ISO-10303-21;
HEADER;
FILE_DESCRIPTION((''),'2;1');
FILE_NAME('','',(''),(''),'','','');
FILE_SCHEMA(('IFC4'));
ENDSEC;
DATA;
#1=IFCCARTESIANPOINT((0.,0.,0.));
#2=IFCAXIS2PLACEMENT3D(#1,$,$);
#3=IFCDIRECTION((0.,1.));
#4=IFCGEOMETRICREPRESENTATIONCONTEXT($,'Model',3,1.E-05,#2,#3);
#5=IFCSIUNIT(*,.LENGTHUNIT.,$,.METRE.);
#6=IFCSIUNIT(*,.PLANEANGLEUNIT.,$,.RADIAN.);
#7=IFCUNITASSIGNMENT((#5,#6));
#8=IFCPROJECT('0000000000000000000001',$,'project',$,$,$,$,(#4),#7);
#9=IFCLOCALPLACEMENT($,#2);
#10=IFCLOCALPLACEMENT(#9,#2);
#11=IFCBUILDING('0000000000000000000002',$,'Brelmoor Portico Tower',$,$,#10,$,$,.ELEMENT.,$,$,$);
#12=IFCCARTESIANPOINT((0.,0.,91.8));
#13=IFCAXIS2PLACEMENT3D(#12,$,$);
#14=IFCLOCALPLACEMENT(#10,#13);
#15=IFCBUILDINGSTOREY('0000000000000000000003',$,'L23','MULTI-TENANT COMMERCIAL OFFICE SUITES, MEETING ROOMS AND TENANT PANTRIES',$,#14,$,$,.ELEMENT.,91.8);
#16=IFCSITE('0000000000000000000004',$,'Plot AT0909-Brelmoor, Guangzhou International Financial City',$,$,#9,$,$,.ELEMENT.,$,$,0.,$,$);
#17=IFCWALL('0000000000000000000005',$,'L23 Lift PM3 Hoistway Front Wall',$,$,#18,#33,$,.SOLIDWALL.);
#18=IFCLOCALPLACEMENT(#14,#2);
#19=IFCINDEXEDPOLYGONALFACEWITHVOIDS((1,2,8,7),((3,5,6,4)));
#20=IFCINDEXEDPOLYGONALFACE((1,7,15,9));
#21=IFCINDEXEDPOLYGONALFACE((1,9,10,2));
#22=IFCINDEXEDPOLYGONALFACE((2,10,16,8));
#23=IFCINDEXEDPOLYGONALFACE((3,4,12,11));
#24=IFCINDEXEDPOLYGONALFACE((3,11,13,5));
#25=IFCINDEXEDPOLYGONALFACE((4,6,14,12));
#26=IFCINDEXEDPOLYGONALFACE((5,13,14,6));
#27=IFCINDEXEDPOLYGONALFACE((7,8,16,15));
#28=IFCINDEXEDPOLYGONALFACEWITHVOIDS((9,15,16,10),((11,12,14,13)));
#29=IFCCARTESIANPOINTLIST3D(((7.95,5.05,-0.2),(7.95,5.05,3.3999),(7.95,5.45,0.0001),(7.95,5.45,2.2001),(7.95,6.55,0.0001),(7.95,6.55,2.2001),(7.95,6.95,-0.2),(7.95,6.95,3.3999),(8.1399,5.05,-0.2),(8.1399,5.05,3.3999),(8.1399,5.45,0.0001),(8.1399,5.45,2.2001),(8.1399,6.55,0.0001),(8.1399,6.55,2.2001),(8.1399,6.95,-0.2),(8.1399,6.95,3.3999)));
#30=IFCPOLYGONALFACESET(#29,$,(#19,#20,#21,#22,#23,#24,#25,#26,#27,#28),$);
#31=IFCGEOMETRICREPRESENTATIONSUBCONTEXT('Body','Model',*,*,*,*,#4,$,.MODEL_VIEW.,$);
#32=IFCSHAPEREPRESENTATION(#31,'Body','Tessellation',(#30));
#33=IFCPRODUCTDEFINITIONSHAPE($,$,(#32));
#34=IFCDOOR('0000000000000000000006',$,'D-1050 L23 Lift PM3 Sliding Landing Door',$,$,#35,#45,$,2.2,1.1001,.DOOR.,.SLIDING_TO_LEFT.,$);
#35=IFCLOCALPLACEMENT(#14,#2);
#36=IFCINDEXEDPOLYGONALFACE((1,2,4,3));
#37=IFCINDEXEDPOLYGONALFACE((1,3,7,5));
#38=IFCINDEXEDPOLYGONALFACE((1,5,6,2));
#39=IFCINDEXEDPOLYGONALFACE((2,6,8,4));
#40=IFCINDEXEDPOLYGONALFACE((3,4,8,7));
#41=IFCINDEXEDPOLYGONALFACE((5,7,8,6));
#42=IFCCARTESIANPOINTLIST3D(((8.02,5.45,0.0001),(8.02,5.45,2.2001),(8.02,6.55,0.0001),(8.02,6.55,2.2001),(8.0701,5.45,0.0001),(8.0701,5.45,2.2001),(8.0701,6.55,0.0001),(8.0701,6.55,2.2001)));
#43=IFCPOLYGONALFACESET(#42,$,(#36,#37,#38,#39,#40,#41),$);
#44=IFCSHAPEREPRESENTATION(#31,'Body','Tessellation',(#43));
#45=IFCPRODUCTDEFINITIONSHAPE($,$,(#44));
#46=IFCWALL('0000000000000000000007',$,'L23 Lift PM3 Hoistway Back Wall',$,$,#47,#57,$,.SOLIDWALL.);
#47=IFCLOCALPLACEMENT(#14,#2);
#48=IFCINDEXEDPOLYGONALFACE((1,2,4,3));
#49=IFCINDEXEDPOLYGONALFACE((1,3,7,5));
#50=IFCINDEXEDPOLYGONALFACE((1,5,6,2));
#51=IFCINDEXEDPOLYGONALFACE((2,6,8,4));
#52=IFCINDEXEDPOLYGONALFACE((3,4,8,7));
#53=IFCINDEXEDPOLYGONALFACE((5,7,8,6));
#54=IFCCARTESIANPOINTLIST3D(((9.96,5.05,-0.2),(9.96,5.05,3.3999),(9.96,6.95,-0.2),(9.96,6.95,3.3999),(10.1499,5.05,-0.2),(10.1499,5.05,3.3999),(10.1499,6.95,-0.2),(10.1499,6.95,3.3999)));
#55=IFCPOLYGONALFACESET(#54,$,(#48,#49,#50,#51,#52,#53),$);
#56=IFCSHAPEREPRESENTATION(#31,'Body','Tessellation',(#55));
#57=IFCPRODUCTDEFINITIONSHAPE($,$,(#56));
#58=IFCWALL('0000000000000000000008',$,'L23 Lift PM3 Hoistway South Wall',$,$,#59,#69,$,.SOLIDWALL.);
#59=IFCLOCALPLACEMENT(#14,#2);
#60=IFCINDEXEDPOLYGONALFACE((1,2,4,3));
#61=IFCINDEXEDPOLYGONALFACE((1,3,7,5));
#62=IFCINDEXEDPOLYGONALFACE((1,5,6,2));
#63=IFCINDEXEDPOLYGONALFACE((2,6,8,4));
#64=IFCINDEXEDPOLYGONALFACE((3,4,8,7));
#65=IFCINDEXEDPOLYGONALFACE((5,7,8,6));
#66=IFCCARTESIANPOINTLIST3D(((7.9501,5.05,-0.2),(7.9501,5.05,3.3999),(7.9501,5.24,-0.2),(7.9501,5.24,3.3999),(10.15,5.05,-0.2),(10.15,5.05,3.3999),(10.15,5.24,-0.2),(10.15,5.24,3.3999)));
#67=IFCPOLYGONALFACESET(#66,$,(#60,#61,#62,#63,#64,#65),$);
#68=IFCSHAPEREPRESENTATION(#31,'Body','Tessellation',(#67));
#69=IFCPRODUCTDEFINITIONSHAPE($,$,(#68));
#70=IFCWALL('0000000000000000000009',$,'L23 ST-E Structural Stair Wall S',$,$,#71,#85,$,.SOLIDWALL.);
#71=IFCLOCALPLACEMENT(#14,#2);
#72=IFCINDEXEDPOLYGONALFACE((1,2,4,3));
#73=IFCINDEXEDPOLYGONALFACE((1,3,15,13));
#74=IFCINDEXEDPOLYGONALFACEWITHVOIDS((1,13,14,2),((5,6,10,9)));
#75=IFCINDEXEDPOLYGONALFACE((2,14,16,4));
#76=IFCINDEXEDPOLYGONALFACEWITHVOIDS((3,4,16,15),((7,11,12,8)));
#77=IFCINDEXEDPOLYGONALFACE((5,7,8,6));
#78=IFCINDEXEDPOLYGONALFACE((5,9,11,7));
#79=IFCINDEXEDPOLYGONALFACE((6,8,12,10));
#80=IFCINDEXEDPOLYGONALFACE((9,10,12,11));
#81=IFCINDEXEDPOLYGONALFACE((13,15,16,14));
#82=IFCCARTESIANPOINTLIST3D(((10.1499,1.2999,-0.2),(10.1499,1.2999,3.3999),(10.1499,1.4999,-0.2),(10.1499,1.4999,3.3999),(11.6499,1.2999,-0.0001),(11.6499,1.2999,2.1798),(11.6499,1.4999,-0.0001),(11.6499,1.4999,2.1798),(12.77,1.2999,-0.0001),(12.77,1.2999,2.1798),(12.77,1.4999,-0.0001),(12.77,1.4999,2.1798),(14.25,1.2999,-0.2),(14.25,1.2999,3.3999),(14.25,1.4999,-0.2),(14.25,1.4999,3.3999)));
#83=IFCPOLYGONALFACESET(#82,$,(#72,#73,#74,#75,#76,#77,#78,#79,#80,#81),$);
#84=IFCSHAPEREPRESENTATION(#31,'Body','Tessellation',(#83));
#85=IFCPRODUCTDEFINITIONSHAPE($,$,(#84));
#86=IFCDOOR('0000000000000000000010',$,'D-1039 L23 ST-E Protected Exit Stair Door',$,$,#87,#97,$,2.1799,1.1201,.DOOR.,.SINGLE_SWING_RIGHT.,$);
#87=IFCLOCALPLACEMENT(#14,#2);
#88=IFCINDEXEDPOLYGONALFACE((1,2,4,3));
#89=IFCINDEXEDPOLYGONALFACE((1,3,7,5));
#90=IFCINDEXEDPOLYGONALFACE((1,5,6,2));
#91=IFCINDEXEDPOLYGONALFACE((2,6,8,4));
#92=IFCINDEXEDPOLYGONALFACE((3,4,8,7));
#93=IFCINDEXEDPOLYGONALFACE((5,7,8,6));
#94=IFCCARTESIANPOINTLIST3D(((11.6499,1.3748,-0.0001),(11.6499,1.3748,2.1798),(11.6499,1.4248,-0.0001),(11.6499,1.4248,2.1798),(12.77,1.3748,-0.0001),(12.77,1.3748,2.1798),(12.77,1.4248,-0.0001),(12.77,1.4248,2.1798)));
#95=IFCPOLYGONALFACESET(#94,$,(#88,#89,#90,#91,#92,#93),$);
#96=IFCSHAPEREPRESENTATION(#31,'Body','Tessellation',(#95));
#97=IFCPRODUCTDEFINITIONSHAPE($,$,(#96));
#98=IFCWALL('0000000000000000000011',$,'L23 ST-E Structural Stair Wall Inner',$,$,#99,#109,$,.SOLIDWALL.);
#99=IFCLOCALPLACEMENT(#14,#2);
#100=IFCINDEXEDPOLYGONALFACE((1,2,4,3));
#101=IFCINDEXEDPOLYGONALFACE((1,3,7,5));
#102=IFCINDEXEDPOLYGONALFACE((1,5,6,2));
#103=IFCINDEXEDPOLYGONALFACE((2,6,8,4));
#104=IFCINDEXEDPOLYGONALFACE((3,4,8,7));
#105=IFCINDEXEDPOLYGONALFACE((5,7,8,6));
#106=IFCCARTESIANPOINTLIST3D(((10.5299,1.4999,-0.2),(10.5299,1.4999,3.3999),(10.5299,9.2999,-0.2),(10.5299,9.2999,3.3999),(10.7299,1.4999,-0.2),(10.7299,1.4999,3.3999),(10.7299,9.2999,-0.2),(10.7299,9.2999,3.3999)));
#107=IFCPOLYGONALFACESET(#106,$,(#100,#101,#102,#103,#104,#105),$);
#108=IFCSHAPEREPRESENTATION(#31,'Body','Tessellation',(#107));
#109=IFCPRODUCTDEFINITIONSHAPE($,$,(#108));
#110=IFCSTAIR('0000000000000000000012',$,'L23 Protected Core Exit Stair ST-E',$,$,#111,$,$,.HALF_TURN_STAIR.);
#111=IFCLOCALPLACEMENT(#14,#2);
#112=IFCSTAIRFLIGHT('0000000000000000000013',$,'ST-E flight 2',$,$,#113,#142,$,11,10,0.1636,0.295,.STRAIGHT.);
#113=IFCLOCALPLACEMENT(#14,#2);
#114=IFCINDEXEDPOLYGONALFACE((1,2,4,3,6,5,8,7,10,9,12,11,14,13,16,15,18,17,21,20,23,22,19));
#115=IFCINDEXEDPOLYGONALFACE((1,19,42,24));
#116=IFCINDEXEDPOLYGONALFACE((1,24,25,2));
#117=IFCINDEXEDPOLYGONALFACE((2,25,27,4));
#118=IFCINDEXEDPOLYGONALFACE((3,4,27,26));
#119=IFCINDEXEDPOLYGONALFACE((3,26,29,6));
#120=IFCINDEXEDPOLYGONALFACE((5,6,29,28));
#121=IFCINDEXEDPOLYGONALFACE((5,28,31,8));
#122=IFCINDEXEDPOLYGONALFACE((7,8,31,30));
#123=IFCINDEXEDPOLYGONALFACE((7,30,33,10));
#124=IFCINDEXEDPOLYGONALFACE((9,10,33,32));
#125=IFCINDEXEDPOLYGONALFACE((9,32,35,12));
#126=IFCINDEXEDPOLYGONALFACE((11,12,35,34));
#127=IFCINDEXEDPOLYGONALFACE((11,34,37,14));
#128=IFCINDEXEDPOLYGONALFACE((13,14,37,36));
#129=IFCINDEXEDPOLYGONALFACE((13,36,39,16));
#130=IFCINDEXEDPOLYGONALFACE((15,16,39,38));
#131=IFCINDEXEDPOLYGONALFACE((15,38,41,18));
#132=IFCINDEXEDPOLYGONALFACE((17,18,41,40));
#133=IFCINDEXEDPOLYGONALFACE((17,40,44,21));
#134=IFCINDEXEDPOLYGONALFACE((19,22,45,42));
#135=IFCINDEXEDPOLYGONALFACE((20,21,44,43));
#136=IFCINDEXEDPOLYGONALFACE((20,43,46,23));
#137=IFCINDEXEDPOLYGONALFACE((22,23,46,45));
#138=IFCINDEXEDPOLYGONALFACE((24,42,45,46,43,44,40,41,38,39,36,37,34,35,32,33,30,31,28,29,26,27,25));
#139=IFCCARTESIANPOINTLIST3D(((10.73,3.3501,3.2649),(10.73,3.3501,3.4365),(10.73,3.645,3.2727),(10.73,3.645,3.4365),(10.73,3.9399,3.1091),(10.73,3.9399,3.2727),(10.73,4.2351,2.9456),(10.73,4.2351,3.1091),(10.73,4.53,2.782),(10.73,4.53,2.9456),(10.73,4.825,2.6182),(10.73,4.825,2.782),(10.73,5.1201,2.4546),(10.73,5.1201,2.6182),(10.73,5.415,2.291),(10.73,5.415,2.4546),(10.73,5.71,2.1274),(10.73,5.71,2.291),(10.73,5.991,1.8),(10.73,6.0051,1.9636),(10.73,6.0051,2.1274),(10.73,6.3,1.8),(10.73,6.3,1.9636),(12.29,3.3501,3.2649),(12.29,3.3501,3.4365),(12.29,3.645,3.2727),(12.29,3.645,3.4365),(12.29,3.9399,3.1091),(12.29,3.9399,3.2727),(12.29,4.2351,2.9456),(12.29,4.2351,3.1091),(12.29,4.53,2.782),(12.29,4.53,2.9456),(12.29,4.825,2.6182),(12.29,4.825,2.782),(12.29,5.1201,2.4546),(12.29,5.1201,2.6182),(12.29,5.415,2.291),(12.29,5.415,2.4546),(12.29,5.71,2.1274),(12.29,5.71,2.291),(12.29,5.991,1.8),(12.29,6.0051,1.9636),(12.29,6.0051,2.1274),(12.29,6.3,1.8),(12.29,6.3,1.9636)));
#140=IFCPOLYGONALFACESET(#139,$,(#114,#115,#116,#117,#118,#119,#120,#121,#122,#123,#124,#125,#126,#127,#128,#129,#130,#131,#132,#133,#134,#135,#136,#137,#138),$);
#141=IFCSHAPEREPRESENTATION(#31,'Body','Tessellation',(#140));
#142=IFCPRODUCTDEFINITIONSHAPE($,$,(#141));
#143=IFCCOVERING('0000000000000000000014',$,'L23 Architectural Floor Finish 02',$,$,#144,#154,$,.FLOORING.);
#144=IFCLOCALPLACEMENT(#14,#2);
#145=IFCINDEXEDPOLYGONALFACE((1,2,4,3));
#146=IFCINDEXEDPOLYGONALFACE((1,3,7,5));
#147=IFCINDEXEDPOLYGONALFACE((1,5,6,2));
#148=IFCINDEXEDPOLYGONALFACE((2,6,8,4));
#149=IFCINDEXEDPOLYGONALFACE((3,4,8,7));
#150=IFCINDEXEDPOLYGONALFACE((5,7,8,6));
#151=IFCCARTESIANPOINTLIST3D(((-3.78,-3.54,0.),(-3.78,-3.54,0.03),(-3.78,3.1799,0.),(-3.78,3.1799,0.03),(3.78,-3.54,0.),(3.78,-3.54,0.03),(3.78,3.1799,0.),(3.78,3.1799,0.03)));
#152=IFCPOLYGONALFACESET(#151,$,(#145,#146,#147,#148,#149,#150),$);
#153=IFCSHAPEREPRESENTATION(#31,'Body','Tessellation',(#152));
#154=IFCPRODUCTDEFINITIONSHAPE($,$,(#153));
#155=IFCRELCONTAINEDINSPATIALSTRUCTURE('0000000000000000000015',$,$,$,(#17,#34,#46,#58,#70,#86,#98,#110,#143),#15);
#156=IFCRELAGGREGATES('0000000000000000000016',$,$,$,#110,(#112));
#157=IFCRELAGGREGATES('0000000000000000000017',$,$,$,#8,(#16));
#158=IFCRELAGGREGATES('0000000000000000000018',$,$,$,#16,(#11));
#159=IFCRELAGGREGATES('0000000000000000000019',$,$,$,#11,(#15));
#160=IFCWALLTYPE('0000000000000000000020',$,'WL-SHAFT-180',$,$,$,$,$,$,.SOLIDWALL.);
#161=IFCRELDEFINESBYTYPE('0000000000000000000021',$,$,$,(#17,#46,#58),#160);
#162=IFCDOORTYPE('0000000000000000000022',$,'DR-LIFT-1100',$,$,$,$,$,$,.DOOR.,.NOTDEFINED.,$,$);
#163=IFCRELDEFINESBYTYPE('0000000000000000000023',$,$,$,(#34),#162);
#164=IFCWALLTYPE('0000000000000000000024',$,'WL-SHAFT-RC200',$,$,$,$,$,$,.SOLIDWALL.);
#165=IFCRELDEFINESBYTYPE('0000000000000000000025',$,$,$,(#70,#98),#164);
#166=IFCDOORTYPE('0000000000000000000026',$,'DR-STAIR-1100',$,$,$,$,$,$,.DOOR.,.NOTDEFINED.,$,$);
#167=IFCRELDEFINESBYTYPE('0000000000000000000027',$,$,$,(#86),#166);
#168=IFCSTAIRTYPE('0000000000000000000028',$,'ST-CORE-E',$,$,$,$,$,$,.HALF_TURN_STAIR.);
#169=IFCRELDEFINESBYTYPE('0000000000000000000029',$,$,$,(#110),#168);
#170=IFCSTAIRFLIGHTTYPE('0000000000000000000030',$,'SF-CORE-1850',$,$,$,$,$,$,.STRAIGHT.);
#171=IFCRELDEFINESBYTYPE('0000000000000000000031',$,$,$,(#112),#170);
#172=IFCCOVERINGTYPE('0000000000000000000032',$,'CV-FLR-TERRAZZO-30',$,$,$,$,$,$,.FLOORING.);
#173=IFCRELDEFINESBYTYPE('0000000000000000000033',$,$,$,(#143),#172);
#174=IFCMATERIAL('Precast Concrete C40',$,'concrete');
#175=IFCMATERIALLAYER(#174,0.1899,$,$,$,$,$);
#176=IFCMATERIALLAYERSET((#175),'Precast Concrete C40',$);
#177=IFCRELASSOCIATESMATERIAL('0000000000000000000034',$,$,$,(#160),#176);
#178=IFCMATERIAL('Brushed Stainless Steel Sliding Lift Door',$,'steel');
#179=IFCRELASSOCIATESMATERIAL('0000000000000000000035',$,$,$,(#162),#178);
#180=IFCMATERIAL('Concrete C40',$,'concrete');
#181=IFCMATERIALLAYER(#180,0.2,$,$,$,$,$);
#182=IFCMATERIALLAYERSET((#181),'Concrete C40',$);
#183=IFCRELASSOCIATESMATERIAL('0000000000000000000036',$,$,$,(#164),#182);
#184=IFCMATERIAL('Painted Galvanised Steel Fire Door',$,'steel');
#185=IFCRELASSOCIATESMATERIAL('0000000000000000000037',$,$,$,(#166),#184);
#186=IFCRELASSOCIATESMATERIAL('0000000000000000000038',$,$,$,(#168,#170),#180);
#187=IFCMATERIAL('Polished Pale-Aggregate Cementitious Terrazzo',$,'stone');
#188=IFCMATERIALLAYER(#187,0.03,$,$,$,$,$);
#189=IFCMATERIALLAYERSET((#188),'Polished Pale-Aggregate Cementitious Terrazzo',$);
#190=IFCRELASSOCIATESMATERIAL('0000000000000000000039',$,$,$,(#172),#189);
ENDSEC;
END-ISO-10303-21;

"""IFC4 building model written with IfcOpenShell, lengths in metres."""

from ifc_helpers import new_model, si_unit, direction, frame, frame_2d, origin, place, context, subcontext, project, spatial, polyline, rectangle, outline, extrude, material, layer, layer_set, type_object, element, fill, aggregate, save


model = new_model("IFC4")

# Units and contexts
model_context = context("Model", 3, precision=1e-05, world=origin(), true_north=direction((0.0, 1.0)))
body_context = subcontext(model_context, "Body", "Model", "MODEL_VIEW")
ifc_project = project(units=[si_unit("LENGTHUNIT", "METRE"), si_unit("PLANEANGLEUNIT", "RADIAN")], contexts=[model_context])

# Site, building, storey
site_placement = place(None, origin())
site = spatial("IfcSite", under=ifc_project, at=site_placement, Name="Plot AT0909-Brelmoor, Guangzhou International Financial City", CompositionType="ELEMENT", RefElevation=0.0)
building_placement = place(site_placement, origin())
building = spatial("IfcBuilding", under=site, at=building_placement, Name="Brelmoor Portico Tower", CompositionType="ELEMENT")
storey_placement = place(building_placement, frame((0.0, 0.0, 91.8)))
storey = spatial("IfcBuildingStorey", under=building, at=storey_placement, Name="L23", Description="MULTI-TENANT COMMERCIAL OFFICE SUITES, MEETING ROOMS AND TENANT PANTRIES", CompositionType="ELEMENT", Elevation=91.8)

# Shared definitions
ifc_material_1 = material(Name="Precast Concrete C40", Category="concrete")
ifc_layer_1 = layer(ifc_material_1, 0.1899)
ifc_layer_set_1 = layer_set([ifc_layer_1], Name="Precast Concrete C40")
wall_type_1 = type_object("IfcWallType", Name="WL-SHAFT-180", PredefinedType="SOLIDWALL", material=ifc_layer_set_1)
ifc_material_2 = material(Name="Brushed Stainless Steel Sliding Lift Door", Category="steel")
door_type_1 = type_object("IfcDoorType", Name="DR-LIFT-1100", OperationType="NOTDEFINED", PredefinedType="DOOR", material=ifc_material_2)

# Wall, opening, door
wall_1_placement = place(storey_placement, frame((8.0449, 5.05, -0.2), z_axis=(0.0, 0.0, 1.0), x_axis=(0.0, 1.0, 0.0)))
wall_1 = element("IfcWall", 1, at=wall_1_placement, inside=storey, type_object=wall_type_1, Name="L23 Lift PM3 Hoistway Front Wall", PredefinedType="SOLIDWALL", context=body_context, shape_type="SweptSolid", body=[
    extrude(rectangle(XDim=1.8999, YDim=0.1899, at=frame_2d((0.95, 0.0))), origin(), (0.0, 0.0, 1.0), 3.5999),
])
opening_1_placement = place(wall_1_placement, frame((0.3999, 0.0, 0.2)))
opening_1 = element("IfcOpeningElement", 2, at=opening_1_placement, cuts=wall_1, PredefinedType="OPENING", context=body_context, shape_type="SweptSolid", body=[
    extrude(rectangle(XDim=1.1001, YDim=2.2, at=frame_2d((0.55, 1.1001))), frame((0.0, 0.105, 0.0), z_axis=(0.0, -1.0, 0.0), x_axis=(1.0, 0.0, 0.0)), (0.0, 0.0, 1.0), 0.21),
])
door_1_placement = place(opening_1_placement, origin())
door_1 = element("IfcDoor", 3, at=door_1_placement, inside=storey, type_object=door_type_1, Name="D-1050 L23 Lift PM3 Sliding Landing Door", OperationType="SLIDING_TO_LEFT", OverallHeight=2.2, OverallWidth=1.1001, PredefinedType="DOOR", context=body_context, shape_type="SweptSolid", body=[
    extrude(rectangle(XDim=1.1001, YDim=2.2, at=frame_2d((0.55, 1.1001))), frame((0.0, 0.0249, 0.0), z_axis=(0.0, -1.0, 0.0), x_axis=(1.0, 0.0, 0.0)), (0.0, 0.0, 1.0), 0.05),
])
fill(opening_1, door_1)

# Walls
wall_2_placement = place(storey_placement, frame((10.0549, 5.05, -0.2), z_axis=(0.0, 0.0, 1.0), x_axis=(0.0, 1.0, 0.0)))
element("IfcWall", 4, at=wall_2_placement, inside=storey, type_object=wall_type_1, Name="L23 Lift PM3 Hoistway Back Wall", PredefinedType="SOLIDWALL", context=body_context, shape_type="SweptSolid", body=[
    extrude(rectangle(XDim=1.8999, YDim=0.1899, at=frame_2d((0.95, 0.0))), origin(), (0.0, 0.0, 1.0), 3.5999),
])
wall_3_placement = place(storey_placement, frame((7.95, 5.145, -0.2), z_axis=(0.0, 0.0, 1.0), x_axis=(1.0, 0.0, 0.0)))
element("IfcWall", 5, at=wall_3_placement, inside=storey, type_object=wall_type_1, Name="L23 Lift PM3 Hoistway South Wall", PredefinedType="SOLIDWALL", context=body_context, shape_type="SweptSolid", body=[
    extrude(rectangle(XDim=2.2, YDim=0.1899, at=frame_2d((1.1001, 0.0))), origin(), (0.0, 0.0, 1.0), 3.5999),
])

# Wall, opening, door
ifc_material_3 = material(Name="Concrete C40", Category="concrete")
ifc_layer_2 = layer(ifc_material_3, 0.2)
ifc_layer_set_2 = layer_set([ifc_layer_2], Name="Concrete C40")
wall_type_2 = type_object("IfcWallType", Name="WL-SHAFT-RC200", PredefinedType="SOLIDWALL", material=ifc_layer_set_2)
wall_4_placement = place(storey_placement, frame((10.1499, 1.3999, -0.2), z_axis=(0.0, 0.0, 1.0), x_axis=(1.0, 0.0, 0.0)))
wall_4 = element("IfcWall", 6, at=wall_4_placement, inside=storey, type_object=wall_type_2, Name="L23 ST-E Structural Stair Wall S", PredefinedType="SOLIDWALL", context=body_context, shape_type="SweptSolid", body=[
    extrude(rectangle(XDim=4.1001, YDim=0.2, at=frame_2d((2.05, 0.0))), origin(), (0.0, 0.0, 1.0), 3.5999),
])
opening_2_placement = place(wall_4_placement, frame((1.5, 0.0, 0.2)))
opening_2 = element("IfcOpeningElement", 7, at=opening_2_placement, cuts=wall_4, PredefinedType="OPENING", context=body_context, shape_type="SweptSolid", body=[
    extrude(rectangle(XDim=1.1201, YDim=2.1799, at=frame_2d((0.5601, 1.0898))), frame((0.0, 0.1099, 0.0), z_axis=(0.0, -1.0, 0.0), x_axis=(1.0, 0.0, 0.0)), (0.0, 0.0, 1.0), 0.22),
])
ifc_material_4 = material(Name="Painted Galvanised Steel Fire Door", Category="steel")
door_type_2 = type_object("IfcDoorType", Name="DR-STAIR-1100", OperationType="NOTDEFINED", PredefinedType="DOOR", material=ifc_material_4)
door_2_placement = place(opening_2_placement, origin())
door_2 = element("IfcDoor", 8, at=door_2_placement, inside=storey, type_object=door_type_2, Name="D-1039 L23 ST-E Protected Exit Stair Door", OperationType="SINGLE_SWING_RIGHT", OverallHeight=2.1799, OverallWidth=1.1201, PredefinedType="DOOR", context=body_context, shape_type="SweptSolid", body=[
    extrude(rectangle(XDim=1.1201, YDim=2.1799, at=frame_2d((0.5601, 1.0898))), frame((0.0, 0.0249, 0.0), z_axis=(0.0, -1.0, 0.0), x_axis=(1.0, 0.0, 0.0)), (0.0, 0.0, 1.0), 0.05),
])
fill(opening_2, door_2)

# Wall
wall_5_placement = place(storey_placement, frame((10.6299, 1.5, -0.2), z_axis=(0.0, 0.0, 1.0), x_axis=(0.0, 1.0, 0.0)))
element("IfcWall", 9, at=wall_5_placement, inside=storey, type_object=wall_type_2, Name="L23 ST-E Structural Stair Wall Inner", PredefinedType="SOLIDWALL", context=body_context, shape_type="SweptSolid", body=[
    extrude(rectangle(XDim=7.8, YDim=0.2, at=frame_2d((3.8999, 0.0))), origin(), (0.0, 0.0, 1.0), 3.5999),
])

# Stair, stair flight
stair_type = type_object("IfcStairType", Name="ST-CORE-E", PredefinedType="HALF_TURN_STAIR", material=ifc_material_3)
stair_placement = place(storey_placement, origin())
stair = element("IfcStair", 10, at=stair_placement, inside=storey, type_object=stair_type, Name="L23 Protected Core Exit Stair ST-E", PredefinedType="HALF_TURN_STAIR")
stair_flight_type = type_object("IfcStairFlightType", Name="SF-CORE-1850", PredefinedType="STRAIGHT", material=ifc_material_3)
stair_flight_placement = place(storey_placement, frame((11.51, 6.3, 1.8), z_axis=(0.0, 0.0, 1.0), x_axis=(0.0, -1.0, 0.0)))
stair_flight = element("IfcStairFlight", 11, at=stair_flight_placement, type_object=stair_flight_type, Name="ST-E flight 2", NumberOfRisers=11, NumberOfTreads=10, PredefinedType="STRAIGHT", RiserHeight=0.1636, TreadLength=0.295, context=body_context, shape_type="SweptSolid", body=[
    extrude(outline(polyline([(0.0, 0.0), (0.0, 0.1636), (0.2949, 0.1636), (0.2949, 0.3274), (0.5901, 0.3274), (0.5901, 0.491), (0.885, 0.491), (0.885, 0.6545), (1.1799, 0.6545), (1.1799, 0.8181), (1.4751, 0.8181), (1.4751, 0.9819), (1.77, 0.9819), (1.77, 1.1455), (2.0649, 1.1455), (2.0649, 1.3091), (2.3601, 1.3091), (2.3601, 1.4727), (2.655, 1.4727), (2.655, 1.6365), (2.95, 1.6365), (2.95, 1.8), (2.95, 1.4648), (0.3091, 0.0), (0.0, 0.0)])), frame((0.0, 0.78, 0.0), z_axis=(0.0, -1.0, 0.0), x_axis=(1.0, 0.0, 0.0)), (0.0, 0.0, 1.0), 1.5601),
])
aggregate(stair, [stair_flight])

# Covering
ifc_material_5 = material(Name="Polished Pale-Aggregate Cementitious Terrazzo", Category="stone")
ifc_layer_3 = layer(ifc_material_5, 0.03)
ifc_layer_set_3 = layer_set([ifc_layer_3], Name="Polished Pale-Aggregate Cementitious Terrazzo")
covering_type = type_object("IfcCoveringType", Name="CV-FLR-TERRAZZO-30", PredefinedType="FLOORING", material=ifc_layer_set_3)
covering_placement = place(storey_placement, origin())
element("IfcCovering", 12, at=covering_placement, inside=storey, type_object=covering_type, Name="L23 Architectural Floor Finish 02", PredefinedType="FLOORING", context=body_context, shape_type="SweptSolid", body=[
    extrude(outline(polyline([(-3.78, -3.54), (-3.78, 3.1799), (3.78, 3.1799), (3.78, -3.54), (-3.78, -3.54)])), origin(), (0.0, 0.0, 1.0), 0.03),
])

save(model, "model.ifc")
